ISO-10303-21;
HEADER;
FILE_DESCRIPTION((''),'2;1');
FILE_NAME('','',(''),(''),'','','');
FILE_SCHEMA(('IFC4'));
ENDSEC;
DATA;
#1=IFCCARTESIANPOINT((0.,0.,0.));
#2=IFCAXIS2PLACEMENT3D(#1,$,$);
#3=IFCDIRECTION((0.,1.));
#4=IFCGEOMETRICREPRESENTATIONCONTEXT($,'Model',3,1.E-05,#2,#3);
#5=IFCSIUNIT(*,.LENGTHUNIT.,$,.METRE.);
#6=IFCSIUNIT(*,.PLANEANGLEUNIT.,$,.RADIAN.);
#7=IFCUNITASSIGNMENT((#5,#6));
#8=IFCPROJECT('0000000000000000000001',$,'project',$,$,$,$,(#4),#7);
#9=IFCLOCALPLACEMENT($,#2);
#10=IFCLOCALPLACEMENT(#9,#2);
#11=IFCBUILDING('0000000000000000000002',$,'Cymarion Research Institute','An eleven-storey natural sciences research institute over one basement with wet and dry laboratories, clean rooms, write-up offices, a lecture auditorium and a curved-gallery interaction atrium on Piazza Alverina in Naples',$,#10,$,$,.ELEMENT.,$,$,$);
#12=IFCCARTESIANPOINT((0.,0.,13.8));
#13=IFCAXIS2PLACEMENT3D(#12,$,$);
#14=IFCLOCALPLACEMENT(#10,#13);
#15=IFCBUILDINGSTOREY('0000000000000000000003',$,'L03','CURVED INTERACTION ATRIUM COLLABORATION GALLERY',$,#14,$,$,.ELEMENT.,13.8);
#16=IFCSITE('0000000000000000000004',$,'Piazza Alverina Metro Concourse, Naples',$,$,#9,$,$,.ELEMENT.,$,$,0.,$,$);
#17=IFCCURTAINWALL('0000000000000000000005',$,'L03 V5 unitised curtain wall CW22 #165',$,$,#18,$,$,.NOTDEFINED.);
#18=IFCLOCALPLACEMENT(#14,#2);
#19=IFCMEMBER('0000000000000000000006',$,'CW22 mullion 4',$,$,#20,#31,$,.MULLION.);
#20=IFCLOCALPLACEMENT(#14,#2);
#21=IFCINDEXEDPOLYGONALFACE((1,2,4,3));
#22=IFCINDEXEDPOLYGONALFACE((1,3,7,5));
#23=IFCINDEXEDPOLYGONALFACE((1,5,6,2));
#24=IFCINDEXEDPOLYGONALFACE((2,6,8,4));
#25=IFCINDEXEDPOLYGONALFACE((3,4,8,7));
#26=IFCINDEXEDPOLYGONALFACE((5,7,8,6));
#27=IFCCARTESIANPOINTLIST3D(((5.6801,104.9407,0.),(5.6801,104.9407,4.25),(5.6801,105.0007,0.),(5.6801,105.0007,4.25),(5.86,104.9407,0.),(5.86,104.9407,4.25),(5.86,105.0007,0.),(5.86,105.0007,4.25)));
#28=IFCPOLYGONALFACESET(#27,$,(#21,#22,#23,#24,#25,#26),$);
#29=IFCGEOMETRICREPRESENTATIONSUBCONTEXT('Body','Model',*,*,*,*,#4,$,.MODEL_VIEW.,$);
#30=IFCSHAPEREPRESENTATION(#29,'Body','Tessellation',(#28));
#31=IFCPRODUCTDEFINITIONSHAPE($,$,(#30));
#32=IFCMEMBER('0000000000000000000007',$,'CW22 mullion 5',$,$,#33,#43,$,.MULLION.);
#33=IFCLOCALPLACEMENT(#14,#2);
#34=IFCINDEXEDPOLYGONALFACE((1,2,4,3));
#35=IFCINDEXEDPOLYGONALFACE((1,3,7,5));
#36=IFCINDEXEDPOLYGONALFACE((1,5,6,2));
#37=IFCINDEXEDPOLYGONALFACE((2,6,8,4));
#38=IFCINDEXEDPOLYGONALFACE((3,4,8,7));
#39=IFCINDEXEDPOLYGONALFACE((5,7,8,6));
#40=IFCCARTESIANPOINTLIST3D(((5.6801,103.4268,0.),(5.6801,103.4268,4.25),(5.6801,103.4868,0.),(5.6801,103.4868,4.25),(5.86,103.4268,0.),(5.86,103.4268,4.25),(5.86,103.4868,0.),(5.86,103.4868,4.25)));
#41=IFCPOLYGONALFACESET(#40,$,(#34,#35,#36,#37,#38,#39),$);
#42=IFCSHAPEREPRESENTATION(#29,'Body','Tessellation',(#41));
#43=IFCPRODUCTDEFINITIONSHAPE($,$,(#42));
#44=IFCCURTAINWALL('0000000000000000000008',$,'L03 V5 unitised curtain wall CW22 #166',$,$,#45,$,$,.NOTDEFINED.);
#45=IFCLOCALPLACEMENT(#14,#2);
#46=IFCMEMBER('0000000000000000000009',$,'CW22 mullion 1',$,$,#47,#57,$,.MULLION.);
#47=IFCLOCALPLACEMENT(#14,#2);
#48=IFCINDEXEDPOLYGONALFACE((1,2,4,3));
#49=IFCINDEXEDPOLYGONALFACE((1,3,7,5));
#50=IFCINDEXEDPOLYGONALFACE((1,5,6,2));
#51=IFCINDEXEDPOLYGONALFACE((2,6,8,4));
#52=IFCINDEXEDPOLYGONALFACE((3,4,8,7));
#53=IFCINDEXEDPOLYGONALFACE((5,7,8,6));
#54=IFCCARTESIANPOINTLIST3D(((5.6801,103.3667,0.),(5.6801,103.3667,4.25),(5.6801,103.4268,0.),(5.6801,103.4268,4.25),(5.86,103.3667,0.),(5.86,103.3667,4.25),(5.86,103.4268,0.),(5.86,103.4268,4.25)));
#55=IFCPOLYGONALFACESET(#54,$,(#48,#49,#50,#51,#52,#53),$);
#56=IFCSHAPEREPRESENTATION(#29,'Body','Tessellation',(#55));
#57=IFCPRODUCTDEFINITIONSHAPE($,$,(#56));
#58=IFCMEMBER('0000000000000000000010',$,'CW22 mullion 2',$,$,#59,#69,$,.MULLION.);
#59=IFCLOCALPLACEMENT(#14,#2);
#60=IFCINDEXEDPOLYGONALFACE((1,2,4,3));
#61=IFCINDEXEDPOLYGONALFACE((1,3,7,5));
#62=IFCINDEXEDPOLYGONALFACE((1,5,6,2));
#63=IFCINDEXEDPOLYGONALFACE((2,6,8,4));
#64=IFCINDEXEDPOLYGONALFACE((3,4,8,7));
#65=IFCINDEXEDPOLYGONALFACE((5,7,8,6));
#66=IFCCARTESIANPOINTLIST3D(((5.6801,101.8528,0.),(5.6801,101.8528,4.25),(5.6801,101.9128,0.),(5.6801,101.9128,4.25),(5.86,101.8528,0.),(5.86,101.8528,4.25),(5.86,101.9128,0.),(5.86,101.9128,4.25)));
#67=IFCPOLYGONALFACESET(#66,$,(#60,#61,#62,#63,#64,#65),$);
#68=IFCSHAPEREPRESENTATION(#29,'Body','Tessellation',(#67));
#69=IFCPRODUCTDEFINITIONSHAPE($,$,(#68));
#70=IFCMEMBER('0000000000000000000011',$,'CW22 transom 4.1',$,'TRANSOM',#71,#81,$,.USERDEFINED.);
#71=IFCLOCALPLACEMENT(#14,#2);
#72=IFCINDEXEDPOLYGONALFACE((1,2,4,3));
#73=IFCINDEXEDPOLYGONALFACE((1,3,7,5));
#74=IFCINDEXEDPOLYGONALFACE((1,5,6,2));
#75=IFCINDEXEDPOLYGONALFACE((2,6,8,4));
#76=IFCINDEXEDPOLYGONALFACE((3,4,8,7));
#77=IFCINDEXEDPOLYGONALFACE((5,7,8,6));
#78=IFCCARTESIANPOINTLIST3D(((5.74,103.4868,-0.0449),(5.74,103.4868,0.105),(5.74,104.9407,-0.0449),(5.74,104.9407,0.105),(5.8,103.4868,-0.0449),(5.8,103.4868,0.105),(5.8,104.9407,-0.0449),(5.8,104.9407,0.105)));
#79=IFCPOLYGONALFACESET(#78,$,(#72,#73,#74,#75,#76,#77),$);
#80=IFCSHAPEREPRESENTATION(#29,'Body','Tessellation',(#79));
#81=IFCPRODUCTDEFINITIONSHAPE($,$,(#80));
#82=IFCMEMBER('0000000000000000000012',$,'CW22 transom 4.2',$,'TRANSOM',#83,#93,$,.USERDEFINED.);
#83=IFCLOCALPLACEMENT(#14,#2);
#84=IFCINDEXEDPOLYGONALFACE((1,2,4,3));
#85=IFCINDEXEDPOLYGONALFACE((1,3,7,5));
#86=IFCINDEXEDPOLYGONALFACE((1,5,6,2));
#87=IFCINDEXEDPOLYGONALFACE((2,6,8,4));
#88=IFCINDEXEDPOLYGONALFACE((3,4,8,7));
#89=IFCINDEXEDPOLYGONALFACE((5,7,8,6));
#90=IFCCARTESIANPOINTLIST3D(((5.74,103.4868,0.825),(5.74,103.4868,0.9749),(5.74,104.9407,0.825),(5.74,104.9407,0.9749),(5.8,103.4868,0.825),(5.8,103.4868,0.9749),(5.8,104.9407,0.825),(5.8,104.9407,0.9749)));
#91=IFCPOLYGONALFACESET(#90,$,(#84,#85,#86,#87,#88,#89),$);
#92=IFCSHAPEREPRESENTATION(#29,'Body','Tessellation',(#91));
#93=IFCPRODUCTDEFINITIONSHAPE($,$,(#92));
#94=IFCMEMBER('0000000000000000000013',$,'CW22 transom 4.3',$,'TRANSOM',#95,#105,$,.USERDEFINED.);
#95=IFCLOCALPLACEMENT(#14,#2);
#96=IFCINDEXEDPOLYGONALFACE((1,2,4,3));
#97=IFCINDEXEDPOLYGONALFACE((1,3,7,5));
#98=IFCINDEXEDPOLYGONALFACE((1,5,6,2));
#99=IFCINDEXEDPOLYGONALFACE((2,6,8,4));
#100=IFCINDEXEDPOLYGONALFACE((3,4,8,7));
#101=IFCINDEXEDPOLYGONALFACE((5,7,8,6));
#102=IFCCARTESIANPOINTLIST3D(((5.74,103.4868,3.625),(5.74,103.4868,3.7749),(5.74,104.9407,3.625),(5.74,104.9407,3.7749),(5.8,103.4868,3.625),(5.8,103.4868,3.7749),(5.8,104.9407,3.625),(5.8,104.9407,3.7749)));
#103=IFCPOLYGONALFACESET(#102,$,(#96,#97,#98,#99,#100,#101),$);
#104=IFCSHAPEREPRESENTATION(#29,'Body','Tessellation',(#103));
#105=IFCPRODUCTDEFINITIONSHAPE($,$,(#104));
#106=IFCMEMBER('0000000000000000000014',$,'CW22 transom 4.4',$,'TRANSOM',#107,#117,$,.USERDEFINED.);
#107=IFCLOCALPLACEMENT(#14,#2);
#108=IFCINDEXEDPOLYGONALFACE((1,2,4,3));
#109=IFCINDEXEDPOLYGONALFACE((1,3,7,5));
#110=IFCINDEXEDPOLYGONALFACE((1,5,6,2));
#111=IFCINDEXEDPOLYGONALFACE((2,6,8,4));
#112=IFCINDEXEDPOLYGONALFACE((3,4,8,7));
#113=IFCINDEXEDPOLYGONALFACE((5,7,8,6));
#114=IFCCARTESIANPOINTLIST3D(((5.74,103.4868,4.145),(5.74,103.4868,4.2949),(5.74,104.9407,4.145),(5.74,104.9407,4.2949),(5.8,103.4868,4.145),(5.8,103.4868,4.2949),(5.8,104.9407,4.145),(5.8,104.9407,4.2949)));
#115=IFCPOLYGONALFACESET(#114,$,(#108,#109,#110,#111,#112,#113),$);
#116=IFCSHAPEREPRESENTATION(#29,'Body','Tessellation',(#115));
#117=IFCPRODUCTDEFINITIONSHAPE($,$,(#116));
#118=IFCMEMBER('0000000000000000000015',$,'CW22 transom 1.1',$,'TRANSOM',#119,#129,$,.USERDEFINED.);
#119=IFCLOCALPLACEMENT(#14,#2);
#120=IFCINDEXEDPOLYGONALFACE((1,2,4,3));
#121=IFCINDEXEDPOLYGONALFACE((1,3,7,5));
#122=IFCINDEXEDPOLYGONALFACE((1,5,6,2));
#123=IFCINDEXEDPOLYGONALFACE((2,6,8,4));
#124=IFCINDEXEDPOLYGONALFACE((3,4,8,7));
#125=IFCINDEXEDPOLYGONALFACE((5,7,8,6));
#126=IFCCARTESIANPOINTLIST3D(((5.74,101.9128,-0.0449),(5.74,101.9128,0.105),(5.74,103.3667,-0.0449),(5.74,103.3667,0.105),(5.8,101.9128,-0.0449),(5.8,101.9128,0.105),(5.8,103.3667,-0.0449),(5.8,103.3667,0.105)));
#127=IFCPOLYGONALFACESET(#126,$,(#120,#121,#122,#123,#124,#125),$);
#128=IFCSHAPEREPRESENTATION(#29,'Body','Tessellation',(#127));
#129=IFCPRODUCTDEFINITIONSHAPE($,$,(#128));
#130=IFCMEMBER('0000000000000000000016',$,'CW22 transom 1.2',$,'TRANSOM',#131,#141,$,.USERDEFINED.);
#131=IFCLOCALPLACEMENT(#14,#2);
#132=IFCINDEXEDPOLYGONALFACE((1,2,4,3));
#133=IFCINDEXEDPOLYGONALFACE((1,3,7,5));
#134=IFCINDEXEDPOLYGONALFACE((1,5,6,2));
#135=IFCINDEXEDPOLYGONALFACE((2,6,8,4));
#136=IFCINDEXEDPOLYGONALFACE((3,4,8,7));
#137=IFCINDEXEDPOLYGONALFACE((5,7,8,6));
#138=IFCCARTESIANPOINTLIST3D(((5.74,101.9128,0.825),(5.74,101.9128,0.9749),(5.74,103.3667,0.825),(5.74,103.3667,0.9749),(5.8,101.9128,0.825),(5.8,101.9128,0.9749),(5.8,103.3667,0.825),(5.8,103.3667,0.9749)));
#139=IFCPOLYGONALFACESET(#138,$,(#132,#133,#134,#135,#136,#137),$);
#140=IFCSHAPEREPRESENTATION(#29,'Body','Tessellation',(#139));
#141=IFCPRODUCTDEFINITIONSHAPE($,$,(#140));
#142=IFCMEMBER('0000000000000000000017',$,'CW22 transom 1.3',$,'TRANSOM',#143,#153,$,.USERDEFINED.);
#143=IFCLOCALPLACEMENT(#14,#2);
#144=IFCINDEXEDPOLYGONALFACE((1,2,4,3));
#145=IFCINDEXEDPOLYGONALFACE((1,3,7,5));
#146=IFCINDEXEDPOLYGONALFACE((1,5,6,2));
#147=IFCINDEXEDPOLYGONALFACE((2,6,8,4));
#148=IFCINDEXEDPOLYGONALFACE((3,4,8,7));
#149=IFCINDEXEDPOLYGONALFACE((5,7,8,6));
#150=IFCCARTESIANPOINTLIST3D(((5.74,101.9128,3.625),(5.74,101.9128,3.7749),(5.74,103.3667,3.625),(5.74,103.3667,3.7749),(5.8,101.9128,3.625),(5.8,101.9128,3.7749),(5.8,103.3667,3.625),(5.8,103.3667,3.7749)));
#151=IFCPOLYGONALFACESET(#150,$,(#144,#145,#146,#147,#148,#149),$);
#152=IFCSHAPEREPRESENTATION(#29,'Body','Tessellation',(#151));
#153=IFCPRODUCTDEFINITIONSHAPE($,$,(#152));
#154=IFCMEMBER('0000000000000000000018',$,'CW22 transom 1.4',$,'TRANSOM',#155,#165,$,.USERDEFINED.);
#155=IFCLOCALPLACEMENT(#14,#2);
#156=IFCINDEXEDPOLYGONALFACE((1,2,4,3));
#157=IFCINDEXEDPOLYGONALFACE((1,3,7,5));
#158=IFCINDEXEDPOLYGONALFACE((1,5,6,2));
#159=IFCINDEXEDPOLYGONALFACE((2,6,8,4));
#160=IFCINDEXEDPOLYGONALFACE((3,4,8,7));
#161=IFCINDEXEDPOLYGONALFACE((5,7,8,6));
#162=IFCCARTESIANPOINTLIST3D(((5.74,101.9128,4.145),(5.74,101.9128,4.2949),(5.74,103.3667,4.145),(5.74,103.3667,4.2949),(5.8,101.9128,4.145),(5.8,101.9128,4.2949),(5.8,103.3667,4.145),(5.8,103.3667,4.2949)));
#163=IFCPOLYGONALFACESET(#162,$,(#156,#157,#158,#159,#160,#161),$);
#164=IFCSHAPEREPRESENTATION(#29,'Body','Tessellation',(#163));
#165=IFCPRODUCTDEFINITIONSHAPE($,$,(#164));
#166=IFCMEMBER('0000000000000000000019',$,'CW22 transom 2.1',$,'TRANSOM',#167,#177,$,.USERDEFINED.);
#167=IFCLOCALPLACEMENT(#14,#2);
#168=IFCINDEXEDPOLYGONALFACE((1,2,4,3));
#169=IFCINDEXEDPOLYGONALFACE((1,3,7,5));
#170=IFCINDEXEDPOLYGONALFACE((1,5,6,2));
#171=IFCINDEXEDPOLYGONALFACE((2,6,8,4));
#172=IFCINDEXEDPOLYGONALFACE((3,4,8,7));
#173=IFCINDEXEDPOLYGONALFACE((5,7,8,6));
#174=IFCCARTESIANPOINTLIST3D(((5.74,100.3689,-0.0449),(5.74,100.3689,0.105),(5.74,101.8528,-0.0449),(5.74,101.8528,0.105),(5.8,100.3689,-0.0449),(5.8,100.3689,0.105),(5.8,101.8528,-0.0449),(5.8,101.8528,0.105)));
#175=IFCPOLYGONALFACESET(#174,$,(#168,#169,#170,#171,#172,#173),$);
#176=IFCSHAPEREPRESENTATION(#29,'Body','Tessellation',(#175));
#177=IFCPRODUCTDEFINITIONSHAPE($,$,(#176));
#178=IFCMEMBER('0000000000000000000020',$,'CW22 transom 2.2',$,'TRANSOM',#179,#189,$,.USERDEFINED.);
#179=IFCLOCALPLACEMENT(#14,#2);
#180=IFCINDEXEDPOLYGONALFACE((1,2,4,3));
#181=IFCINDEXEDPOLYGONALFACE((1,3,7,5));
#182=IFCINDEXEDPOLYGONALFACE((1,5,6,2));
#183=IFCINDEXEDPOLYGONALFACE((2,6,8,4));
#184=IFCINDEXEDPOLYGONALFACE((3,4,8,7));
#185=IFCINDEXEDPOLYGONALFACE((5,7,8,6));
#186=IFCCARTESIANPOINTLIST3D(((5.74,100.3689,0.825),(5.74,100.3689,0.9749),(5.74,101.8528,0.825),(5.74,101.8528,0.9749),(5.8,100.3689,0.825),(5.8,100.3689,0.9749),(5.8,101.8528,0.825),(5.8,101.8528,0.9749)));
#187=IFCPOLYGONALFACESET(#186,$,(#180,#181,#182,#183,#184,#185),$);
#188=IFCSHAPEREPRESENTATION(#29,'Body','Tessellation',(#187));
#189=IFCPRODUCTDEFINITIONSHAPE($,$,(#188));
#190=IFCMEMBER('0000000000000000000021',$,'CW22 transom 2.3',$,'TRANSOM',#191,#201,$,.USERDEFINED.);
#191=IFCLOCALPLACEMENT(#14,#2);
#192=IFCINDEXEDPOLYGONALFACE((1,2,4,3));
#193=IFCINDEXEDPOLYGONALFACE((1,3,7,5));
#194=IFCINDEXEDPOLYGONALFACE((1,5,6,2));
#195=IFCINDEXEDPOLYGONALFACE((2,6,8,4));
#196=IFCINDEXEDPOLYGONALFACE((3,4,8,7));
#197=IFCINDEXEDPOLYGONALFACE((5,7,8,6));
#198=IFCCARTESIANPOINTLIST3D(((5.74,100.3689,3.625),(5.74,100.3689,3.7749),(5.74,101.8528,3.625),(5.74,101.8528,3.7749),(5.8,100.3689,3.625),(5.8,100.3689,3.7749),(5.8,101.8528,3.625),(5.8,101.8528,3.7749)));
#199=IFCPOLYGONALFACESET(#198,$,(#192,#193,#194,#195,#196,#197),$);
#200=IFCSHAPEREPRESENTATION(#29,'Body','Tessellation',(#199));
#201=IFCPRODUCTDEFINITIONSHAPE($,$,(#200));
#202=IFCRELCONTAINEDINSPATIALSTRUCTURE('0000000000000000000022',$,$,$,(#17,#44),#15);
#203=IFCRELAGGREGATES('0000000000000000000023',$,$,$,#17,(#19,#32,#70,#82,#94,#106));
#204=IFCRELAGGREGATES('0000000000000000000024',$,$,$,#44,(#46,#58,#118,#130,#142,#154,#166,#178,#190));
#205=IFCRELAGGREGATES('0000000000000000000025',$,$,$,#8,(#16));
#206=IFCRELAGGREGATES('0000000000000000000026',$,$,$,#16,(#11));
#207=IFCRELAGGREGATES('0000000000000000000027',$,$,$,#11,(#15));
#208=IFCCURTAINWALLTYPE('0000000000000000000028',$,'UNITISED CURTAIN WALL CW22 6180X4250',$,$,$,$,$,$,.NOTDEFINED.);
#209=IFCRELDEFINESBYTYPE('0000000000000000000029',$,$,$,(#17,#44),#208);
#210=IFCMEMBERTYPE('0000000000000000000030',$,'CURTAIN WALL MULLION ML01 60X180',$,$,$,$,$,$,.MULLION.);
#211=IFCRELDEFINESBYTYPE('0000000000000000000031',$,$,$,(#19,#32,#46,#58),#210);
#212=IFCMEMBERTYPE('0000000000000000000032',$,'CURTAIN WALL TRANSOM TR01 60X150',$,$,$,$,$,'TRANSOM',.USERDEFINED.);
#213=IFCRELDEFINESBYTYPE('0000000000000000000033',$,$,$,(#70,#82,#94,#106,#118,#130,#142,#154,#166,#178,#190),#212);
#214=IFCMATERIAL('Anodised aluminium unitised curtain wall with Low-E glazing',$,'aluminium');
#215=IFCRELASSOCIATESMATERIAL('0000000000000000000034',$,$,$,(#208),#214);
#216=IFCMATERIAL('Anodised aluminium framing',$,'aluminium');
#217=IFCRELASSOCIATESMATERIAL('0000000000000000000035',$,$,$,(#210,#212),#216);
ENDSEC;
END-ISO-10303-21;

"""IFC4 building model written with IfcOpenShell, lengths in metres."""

from ifc_helpers import new_model, si_unit, direction, frame, origin, origin_2d, place, context, subcontext, project, spatial, rectangle, extrude, material, material_profile, profile_set, type_object, element, aggregate, save


model = new_model("IFC4")

# Units and contexts
model_context = context("Model", 3, precision=1e-05, world=origin(), true_north=direction((0.0, 1.0)))
body_context = subcontext(model_context, "Body", "Model", "MODEL_VIEW")
ifc_project = project(units=[si_unit("LENGTHUNIT", "METRE"), si_unit("PLANEANGLEUNIT", "RADIAN")], contexts=[model_context])

# Site, building, storey
site_placement = place(None, origin())
site = spatial("IfcSite", under=ifc_project, at=site_placement, Name="Piazza Alverina Metro Concourse, Naples", CompositionType="ELEMENT", RefElevation=0.0)
building_placement = place(site_placement, origin())
building = spatial("IfcBuilding", under=site, at=building_placement, Name="Cymarion Research Institute", Description="An eleven-storey natural sciences research institute over one basement with wet and dry laboratories, clean rooms, write-up offices, a lecture auditorium and a curved-gallery interaction atrium on Piazza Alverina in Naples", CompositionType="ELEMENT")
storey_placement = place(building_placement, frame((0.0, 0.0, 13.8)))
storey = spatial("IfcBuildingStorey", under=building, at=storey_placement, Name="L03", Description="CURVED INTERACTION ATRIUM COLLABORATION GALLERY", CompositionType="ELEMENT", Elevation=13.8)

# Curtain walls, members
ifc_material_1 = material(Name="Anodised aluminium unitised curtain wall with Low-E glazing", Category="aluminium")
curtain_wall_type = type_object("IfcCurtainWallType", Name="UNITISED CURTAIN WALL CW22 6180X4250", PredefinedType="NOTDEFINED", material=ifc_material_1)
curtain_wall_1_placement = place(storey_placement, origin())
curtain_wall_1 = element("IfcCurtainWall", 1, at=curtain_wall_1_placement, inside=storey, type_object=curtain_wall_type, Name="L03 V5 unitised curtain wall CW22 #165", PredefinedType="NOTDEFINED")
ifc_material_2 = material(Name="Anodised aluminium framing", Category="aluminium")
ifc_material_profile_1 = material_profile(ifc_material_2, rectangle(XDim=0.0601, YDim=0.1799, at=origin_2d()), Name="ALU MULLION 60x180")
ifc_profile_set_1 = profile_set([ifc_material_profile_1], Name="Anodised aluminium framing")
member_type_1 = type_object("IfcMemberType", Name="CURTAIN WALL MULLION ML01 60X180", PredefinedType="MULLION", material=ifc_profile_set_1)
member_1_placement = place(storey_placement, frame((5.77, 104.9707, 0.0), z_axis=(0.0, 0.0, 1.0), x_axis=(0.0, -1.0, 0.0)))
member_1 = element("IfcMember", 2, at=member_1_placement, type_object=member_type_1, Name="CW22 mullion 4", PredefinedType="MULLION", context=body_context, shape_type="SweptSolid", body=[
    extrude(rectangle(XDim=0.0601, YDim=0.1799, at=origin_2d()), origin(), (0.0, 0.0, 1.0), 4.25),
])
member_2_placement = place(storey_placement, frame((5.77, 103.4568, 0.0), z_axis=(0.0, 0.0, 1.0), x_axis=(0.0, -1.0, 0.0)))
member_2 = element("IfcMember", 3, at=member_2_placement, type_object=member_type_1, Name="CW22 mullion 5", PredefinedType="MULLION", context=body_context, shape_type="SweptSolid", body=[
    extrude(rectangle(XDim=0.0601, YDim=0.1799, at=origin_2d()), origin(), (0.0, 0.0, 1.0), 4.25),
])
curtain_wall_2_placement = place(storey_placement, origin())
curtain_wall_2 = element("IfcCurtainWall", 4, at=curtain_wall_2_placement, inside=storey, type_object=curtain_wall_type, Name="L03 V5 unitised curtain wall CW22 #166", PredefinedType="NOTDEFINED")
member_3_placement = place(storey_placement, frame((5.77, 103.3967, 0.0), z_axis=(0.0, 0.0, 1.0), x_axis=(0.0, -1.0, 0.0)))
member_3 = element("IfcMember", 5, at=member_3_placement, type_object=member_type_1, Name="CW22 mullion 1", PredefinedType="MULLION", context=body_context, shape_type="SweptSolid", body=[
    extrude(rectangle(XDim=0.0601, YDim=0.1799, at=origin_2d()), origin(), (0.0, 0.0, 1.0), 4.25),
])
member_4_placement = place(storey_placement, frame((5.77, 101.8828, 0.0), z_axis=(0.0, 0.0, 1.0), x_axis=(0.0, -1.0, 0.0)))
member_4 = element("IfcMember", 6, at=member_4_placement, type_object=member_type_1, Name="CW22 mullion 2", PredefinedType="MULLION", context=body_context, shape_type="SweptSolid", body=[
    extrude(rectangle(XDim=0.0601, YDim=0.1799, at=origin_2d()), origin(), (0.0, 0.0, 1.0), 4.25),
])

# Members
ifc_material_profile_2 = material_profile(ifc_material_2, rectangle(XDim=0.0601, YDim=0.1499, at=origin_2d()), Name="ALU TRANSOM 60x150")
ifc_profile_set_2 = profile_set([ifc_material_profile_2], Name="Anodised aluminium framing")
member_type_2 = type_object("IfcMemberType", Name="CURTAIN WALL TRANSOM TR01 60X150", ElementType="TRANSOM", PredefinedType="USERDEFINED", material=ifc_profile_set_2)
member_5_placement = place(storey_placement, frame((5.77, 104.9407, 0.03), z_axis=(0.0, -1.0, 0.0), x_axis=(1.0, 0.0, 0.0)))
member_5 = element("IfcMember", 7, at=member_5_placement, type_object=member_type_2, Name="CW22 transom 4.1", ObjectType="TRANSOM", PredefinedType="USERDEFINED", context=body_context, shape_type="SweptSolid", body=[
    extrude(rectangle(XDim=0.0601, YDim=0.1499, at=origin_2d()), origin(), (0.0, 0.0, 1.0), 1.4539),
])
member_6_placement = place(storey_placement, frame((5.77, 104.9407, 0.8999), z_axis=(0.0, -1.0, 0.0), x_axis=(1.0, 0.0, 0.0)))
member_6 = element("IfcMember", 8, at=member_6_placement, type_object=member_type_2, Name="CW22 transom 4.2", ObjectType="TRANSOM", PredefinedType="USERDEFINED", context=body_context, shape_type="SweptSolid", body=[
    extrude(rectangle(XDim=0.0601, YDim=0.1499, at=origin_2d()), origin(), (0.0, 0.0, 1.0), 1.4539),
])
member_7_placement = place(storey_placement, frame((5.77, 104.9407, 3.7), z_axis=(0.0, -1.0, 0.0), x_axis=(1.0, 0.0, 0.0)))
member_7 = element("IfcMember", 9, at=member_7_placement, type_object=member_type_2, Name="CW22 transom 4.3", ObjectType="TRANSOM", PredefinedType="USERDEFINED", context=body_context, shape_type="SweptSolid", body=[
    extrude(rectangle(XDim=0.0601, YDim=0.1499, at=origin_2d()), origin(), (0.0, 0.0, 1.0), 1.4539),
])
member_8_placement = place(storey_placement, frame((5.77, 104.9407, 4.22), z_axis=(0.0, -1.0, 0.0), x_axis=(1.0, 0.0, 0.0)))
member_8 = element("IfcMember", 10, at=member_8_placement, type_object=member_type_2, Name="CW22 transom 4.4", ObjectType="TRANSOM", PredefinedType="USERDEFINED", context=body_context, shape_type="SweptSolid", body=[
    extrude(rectangle(XDim=0.0601, YDim=0.1499, at=origin_2d()), origin(), (0.0, 0.0, 1.0), 1.4539),
])
member_9_placement = place(storey_placement, frame((5.77, 103.3667, 0.03), z_axis=(0.0, -1.0, 0.0), x_axis=(1.0, 0.0, 0.0)))
member_9 = element("IfcMember", 11, at=member_9_placement, type_object=member_type_2, Name="CW22 transom 1.1", ObjectType="TRANSOM", PredefinedType="USERDEFINED", context=body_context, shape_type="SweptSolid", body=[
    extrude(rectangle(XDim=0.0601, YDim=0.1499, at=origin_2d()), origin(), (0.0, 0.0, 1.0), 1.4539),
])
member_10_placement = place(storey_placement, frame((5.77, 103.3667, 0.8999), z_axis=(0.0, -1.0, 0.0), x_axis=(1.0, 0.0, 0.0)))
member_10 = element("IfcMember", 12, at=member_10_placement, type_object=member_type_2, Name="CW22 transom 1.2", ObjectType="TRANSOM", PredefinedType="USERDEFINED", context=body_context, shape_type="SweptSolid", body=[
    extrude(rectangle(XDim=0.0601, YDim=0.1499, at=origin_2d()), origin(), (0.0, 0.0, 1.0), 1.4539),
])
member_11_placement = place(storey_placement, frame((5.77, 103.3667, 3.7), z_axis=(0.0, -1.0, 0.0), x_axis=(1.0, 0.0, 0.0)))
member_11 = element("IfcMember", 13, at=member_11_placement, type_object=member_type_2, Name="CW22 transom 1.3", ObjectType="TRANSOM", PredefinedType="USERDEFINED", context=body_context, shape_type="SweptSolid", body=[
    extrude(rectangle(XDim=0.0601, YDim=0.1499, at=origin_2d()), origin(), (0.0, 0.0, 1.0), 1.4539),
])
member_12_placement = place(storey_placement, frame((5.77, 103.3667, 4.22), z_axis=(0.0, -1.0, 0.0), x_axis=(1.0, 0.0, 0.0)))
member_12 = element("IfcMember", 14, at=member_12_placement, type_object=member_type_2, Name="CW22 transom 1.4", ObjectType="TRANSOM", PredefinedType="USERDEFINED", context=body_context, shape_type="SweptSolid", body=[
    extrude(rectangle(XDim=0.0601, YDim=0.1499, at=origin_2d()), origin(), (0.0, 0.0, 1.0), 1.4539),
])
member_13_placement = place(storey_placement, frame((5.77, 101.8528, 0.03), z_axis=(0.0, -1.0, 0.0), x_axis=(1.0, 0.0, 0.0)))
member_13 = element("IfcMember", 15, at=member_13_placement, type_object=member_type_2, Name="CW22 transom 2.1", ObjectType="TRANSOM", PredefinedType="USERDEFINED", context=body_context, shape_type="SweptSolid", body=[
    extrude(rectangle(XDim=0.0601, YDim=0.1499, at=origin_2d()), origin(), (0.0, 0.0, 1.0), 1.4839),
])
member_14_placement = place(storey_placement, frame((5.77, 101.8528, 0.8999), z_axis=(0.0, -1.0, 0.0), x_axis=(1.0, 0.0, 0.0)))
member_14 = element("IfcMember", 16, at=member_14_placement, type_object=member_type_2, Name="CW22 transom 2.2", ObjectType="TRANSOM", PredefinedType="USERDEFINED", context=body_context, shape_type="SweptSolid", body=[
    extrude(rectangle(XDim=0.0601, YDim=0.1499, at=origin_2d()), origin(), (0.0, 0.0, 1.0), 1.4839),
])
member_15_placement = place(storey_placement, frame((5.77, 101.8528, 3.7), z_axis=(0.0, -1.0, 0.0), x_axis=(1.0, 0.0, 0.0)))
member_15 = element("IfcMember", 17, at=member_15_placement, type_object=member_type_2, Name="CW22 transom 2.3", ObjectType="TRANSOM", PredefinedType="USERDEFINED", context=body_context, shape_type="SweptSolid", body=[
    extrude(rectangle(XDim=0.0601, YDim=0.1499, at=origin_2d()), origin(), (0.0, 0.0, 1.0), 1.4839),
])

aggregate(curtain_wall_1, [member_1, member_2, member_5, member_6, member_7, member_8])
aggregate(curtain_wall_2, [member_3, member_4, member_9, member_10, member_11, member_12, member_13, member_14, member_15])

save(model, "model.ifc")
